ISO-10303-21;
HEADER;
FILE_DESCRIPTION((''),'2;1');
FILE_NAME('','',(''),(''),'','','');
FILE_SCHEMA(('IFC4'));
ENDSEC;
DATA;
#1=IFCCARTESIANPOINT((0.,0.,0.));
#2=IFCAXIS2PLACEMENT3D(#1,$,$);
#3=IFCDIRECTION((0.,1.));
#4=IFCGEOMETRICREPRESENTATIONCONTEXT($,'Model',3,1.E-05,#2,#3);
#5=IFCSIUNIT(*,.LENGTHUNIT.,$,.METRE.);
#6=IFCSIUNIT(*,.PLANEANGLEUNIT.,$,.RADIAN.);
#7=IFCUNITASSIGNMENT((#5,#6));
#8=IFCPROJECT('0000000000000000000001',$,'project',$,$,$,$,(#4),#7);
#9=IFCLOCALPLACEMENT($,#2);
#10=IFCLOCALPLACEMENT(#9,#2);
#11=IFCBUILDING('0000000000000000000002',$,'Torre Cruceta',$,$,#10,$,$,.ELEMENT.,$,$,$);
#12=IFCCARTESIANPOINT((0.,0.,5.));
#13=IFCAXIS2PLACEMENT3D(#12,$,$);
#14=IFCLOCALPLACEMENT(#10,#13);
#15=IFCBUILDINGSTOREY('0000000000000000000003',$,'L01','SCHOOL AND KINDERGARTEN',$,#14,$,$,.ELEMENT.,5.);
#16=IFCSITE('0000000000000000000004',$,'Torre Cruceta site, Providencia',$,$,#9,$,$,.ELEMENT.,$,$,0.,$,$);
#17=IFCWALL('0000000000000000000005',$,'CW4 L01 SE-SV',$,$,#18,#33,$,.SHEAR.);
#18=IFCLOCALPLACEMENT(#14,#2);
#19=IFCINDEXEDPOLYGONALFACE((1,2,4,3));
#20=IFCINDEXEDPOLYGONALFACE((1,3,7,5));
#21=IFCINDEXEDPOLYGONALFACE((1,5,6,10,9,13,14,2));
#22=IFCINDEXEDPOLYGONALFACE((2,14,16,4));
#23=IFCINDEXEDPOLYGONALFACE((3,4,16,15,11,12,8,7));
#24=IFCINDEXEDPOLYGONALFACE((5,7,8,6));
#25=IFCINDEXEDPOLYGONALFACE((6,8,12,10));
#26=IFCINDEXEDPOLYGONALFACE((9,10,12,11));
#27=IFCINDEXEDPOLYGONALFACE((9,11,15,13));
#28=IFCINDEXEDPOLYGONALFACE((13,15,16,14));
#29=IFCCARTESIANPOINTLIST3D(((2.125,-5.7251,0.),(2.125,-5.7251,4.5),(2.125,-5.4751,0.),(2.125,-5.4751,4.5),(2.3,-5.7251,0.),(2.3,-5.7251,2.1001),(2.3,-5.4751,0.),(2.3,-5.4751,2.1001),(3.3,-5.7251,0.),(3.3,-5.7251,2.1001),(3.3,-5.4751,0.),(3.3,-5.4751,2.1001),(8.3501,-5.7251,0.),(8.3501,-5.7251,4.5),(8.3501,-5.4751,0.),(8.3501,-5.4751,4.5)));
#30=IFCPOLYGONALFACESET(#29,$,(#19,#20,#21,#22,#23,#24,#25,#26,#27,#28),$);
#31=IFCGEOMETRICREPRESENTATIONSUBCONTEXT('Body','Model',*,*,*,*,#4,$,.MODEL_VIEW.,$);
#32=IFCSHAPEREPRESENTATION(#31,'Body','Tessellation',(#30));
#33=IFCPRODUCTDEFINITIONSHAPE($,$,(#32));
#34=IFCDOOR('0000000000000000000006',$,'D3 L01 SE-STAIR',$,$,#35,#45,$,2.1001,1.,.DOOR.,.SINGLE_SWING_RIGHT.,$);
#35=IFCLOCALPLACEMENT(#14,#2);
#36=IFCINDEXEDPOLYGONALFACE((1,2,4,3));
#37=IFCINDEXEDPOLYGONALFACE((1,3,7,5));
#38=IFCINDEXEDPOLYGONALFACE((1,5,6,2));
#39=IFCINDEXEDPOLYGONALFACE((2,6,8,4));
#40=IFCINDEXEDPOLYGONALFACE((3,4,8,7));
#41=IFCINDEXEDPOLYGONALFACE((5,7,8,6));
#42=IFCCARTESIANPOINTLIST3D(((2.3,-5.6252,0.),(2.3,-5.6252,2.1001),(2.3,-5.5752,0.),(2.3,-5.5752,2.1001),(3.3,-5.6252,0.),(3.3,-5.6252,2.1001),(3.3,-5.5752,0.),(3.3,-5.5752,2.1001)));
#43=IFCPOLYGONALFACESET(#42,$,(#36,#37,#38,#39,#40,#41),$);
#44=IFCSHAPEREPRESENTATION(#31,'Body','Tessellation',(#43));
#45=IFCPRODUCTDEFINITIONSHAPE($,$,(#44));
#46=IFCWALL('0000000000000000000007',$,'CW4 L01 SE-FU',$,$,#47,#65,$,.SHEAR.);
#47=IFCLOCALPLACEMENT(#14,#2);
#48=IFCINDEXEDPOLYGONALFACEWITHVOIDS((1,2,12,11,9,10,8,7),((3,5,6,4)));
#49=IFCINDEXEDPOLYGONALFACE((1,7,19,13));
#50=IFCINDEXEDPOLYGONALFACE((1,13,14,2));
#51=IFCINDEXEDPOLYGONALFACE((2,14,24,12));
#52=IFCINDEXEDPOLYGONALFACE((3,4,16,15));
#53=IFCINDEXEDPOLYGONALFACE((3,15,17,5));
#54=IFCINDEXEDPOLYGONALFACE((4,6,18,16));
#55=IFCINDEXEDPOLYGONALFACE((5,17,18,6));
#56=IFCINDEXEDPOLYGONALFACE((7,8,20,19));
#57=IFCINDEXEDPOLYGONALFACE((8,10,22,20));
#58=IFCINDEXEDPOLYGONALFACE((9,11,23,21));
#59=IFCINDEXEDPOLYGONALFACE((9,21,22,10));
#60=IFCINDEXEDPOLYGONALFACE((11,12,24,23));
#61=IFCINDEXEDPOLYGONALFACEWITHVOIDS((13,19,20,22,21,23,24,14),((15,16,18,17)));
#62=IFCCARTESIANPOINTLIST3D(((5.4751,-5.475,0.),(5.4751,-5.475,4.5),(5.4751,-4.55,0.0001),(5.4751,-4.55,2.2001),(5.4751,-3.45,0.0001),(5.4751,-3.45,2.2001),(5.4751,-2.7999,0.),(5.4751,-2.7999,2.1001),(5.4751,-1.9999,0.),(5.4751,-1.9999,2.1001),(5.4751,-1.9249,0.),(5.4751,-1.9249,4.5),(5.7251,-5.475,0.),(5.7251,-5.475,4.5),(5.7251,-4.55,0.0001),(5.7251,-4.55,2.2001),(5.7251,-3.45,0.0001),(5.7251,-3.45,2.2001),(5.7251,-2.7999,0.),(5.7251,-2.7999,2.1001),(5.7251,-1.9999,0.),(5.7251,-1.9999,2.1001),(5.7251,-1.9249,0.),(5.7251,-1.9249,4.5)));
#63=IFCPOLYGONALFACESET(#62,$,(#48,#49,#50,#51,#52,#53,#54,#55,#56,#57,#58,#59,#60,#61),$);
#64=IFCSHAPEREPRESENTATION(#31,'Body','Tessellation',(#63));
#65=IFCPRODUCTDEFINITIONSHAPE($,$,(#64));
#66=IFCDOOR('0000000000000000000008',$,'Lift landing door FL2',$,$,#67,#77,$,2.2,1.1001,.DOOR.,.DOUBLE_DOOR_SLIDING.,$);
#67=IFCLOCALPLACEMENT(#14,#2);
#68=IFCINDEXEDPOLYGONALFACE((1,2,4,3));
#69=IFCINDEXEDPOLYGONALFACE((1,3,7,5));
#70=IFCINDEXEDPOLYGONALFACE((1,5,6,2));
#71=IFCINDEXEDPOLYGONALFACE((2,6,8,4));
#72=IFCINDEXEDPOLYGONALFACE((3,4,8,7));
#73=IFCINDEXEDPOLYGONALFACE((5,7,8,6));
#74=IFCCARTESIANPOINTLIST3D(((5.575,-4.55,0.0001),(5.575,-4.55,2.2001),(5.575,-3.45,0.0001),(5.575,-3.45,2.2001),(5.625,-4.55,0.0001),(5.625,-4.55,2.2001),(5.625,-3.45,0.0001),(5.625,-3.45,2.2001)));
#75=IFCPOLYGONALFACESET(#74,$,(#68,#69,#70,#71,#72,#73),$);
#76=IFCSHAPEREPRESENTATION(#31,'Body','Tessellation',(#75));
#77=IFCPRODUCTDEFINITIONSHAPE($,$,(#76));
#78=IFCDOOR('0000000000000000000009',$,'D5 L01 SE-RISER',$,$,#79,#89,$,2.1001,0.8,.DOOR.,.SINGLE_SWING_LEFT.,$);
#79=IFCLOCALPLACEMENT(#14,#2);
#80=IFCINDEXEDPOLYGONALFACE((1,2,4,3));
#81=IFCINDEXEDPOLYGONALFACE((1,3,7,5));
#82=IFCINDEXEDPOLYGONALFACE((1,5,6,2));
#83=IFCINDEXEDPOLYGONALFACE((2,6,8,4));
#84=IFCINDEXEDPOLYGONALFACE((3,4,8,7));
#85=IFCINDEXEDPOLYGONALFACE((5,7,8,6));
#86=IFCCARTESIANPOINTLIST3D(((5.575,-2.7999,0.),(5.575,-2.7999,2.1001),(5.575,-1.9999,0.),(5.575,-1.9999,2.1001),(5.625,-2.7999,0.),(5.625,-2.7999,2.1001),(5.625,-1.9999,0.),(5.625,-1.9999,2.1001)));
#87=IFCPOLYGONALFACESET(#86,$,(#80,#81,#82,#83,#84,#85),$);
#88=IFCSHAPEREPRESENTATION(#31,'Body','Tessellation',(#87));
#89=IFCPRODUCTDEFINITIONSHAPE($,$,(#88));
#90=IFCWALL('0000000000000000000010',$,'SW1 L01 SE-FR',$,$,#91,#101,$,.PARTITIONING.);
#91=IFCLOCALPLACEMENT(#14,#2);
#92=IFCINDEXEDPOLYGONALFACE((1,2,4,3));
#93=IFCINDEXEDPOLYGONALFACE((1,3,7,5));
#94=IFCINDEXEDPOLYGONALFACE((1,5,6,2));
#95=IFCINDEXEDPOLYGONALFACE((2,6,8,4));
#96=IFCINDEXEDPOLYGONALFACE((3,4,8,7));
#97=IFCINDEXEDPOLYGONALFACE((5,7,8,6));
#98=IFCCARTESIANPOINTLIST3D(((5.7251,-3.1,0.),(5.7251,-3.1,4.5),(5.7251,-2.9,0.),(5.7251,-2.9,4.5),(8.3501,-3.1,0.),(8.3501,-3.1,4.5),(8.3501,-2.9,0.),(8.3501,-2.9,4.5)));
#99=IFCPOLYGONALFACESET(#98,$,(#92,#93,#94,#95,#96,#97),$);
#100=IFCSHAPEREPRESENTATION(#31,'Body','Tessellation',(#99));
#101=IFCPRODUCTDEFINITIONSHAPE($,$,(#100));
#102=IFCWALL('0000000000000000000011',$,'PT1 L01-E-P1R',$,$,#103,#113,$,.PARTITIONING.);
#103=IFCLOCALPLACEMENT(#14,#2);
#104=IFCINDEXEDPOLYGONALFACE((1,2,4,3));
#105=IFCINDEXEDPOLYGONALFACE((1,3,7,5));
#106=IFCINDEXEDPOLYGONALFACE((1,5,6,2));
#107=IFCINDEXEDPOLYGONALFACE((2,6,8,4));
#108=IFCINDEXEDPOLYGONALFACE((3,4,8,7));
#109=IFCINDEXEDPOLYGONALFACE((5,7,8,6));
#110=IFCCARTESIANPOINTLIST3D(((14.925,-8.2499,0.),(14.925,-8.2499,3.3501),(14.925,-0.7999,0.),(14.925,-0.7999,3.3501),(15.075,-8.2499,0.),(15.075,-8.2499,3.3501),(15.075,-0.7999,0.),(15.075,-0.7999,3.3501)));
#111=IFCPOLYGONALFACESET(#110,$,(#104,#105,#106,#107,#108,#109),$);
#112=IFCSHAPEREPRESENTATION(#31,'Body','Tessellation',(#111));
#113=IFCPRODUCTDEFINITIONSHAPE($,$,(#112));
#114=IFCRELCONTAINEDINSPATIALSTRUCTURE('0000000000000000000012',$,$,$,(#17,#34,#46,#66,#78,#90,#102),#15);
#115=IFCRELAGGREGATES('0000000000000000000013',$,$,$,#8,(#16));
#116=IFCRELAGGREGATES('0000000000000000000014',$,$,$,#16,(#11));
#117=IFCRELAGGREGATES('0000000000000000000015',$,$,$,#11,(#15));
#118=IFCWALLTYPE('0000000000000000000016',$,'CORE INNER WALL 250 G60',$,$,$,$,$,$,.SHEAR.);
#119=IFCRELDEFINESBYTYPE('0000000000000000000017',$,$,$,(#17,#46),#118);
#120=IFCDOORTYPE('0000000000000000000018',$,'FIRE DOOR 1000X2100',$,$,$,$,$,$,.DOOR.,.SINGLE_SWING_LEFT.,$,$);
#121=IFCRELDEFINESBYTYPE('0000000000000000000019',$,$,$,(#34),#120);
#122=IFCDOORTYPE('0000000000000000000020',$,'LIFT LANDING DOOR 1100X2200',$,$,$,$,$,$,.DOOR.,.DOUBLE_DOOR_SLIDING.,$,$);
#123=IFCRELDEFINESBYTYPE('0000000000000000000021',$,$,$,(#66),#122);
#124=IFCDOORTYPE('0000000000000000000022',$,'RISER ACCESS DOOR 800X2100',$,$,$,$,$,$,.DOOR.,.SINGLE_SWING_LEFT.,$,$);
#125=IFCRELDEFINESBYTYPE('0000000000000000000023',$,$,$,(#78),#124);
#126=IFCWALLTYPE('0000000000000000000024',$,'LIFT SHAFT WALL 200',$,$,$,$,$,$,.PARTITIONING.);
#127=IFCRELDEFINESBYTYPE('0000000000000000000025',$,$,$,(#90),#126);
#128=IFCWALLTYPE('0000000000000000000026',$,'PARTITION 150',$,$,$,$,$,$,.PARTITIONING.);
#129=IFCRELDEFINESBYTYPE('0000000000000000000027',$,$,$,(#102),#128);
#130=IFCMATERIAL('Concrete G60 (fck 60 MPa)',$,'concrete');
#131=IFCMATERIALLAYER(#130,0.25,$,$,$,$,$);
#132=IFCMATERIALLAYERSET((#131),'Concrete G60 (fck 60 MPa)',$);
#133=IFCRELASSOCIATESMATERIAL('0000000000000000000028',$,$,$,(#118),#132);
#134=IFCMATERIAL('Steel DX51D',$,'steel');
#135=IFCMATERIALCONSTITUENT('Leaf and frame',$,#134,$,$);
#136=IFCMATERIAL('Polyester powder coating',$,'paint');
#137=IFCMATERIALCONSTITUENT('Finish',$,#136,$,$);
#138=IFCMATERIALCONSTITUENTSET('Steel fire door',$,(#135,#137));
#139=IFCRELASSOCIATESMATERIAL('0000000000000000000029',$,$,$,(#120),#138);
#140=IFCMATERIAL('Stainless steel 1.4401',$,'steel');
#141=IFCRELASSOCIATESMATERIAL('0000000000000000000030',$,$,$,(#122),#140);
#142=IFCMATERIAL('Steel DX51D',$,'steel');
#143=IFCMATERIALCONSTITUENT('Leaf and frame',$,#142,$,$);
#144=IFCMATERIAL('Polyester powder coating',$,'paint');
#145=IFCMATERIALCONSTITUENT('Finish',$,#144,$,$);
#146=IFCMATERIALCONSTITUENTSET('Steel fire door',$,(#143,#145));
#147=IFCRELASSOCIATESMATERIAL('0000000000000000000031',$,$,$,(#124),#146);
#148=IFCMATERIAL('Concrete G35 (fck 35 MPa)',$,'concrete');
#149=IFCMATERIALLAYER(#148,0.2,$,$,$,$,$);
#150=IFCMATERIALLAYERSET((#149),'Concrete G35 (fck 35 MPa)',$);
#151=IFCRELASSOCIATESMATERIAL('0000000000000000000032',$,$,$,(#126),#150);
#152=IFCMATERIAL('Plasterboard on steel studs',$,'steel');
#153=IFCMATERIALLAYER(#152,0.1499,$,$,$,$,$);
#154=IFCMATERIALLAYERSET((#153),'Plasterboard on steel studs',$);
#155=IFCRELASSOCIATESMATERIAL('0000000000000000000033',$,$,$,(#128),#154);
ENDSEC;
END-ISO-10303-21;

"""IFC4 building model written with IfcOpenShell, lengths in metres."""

from ifc_helpers import new_model, si_unit, direction, frame, frame_2d, origin, place, context, subcontext, project, spatial, rectangle, extrude, material, layer, layer_set, constituent, constituent_set, type_object, element, fill, save


model = new_model("IFC4")

# Units and contexts
model_context = context("Model", 3, precision=1e-05, world=origin(), true_north=direction((0.0, 1.0)))
body_context = subcontext(model_context, "Body", "Model", "MODEL_VIEW")
ifc_project = project(units=[si_unit("LENGTHUNIT", "METRE"), si_unit("PLANEANGLEUNIT", "RADIAN")], contexts=[model_context])

# Site, building, storey
site_placement = place(None, origin())
site = spatial("IfcSite", under=ifc_project, at=site_placement, Name="Torre Cruceta site, Providencia", CompositionType="ELEMENT", RefElevation=0.0)
building_placement = place(site_placement, origin())
building = spatial("IfcBuilding", under=site, at=building_placement, Name="Torre Cruceta", CompositionType="ELEMENT")
storey_placement = place(building_placement, frame((0.0, 0.0, 5.0)))
storey = spatial("IfcBuildingStorey", under=building, at=storey_placement, Name="L01", Description="SCHOOL AND KINDERGARTEN", CompositionType="ELEMENT", Elevation=5.0)

# Shared definitions
ifc_material_1 = material(Name="Concrete G60 (fck 60 MPa)", Category="concrete")
ifc_layer_1 = layer(ifc_material_1, 0.25)
ifc_layer_set_1 = layer_set([ifc_layer_1], Name="Concrete G60 (fck 60 MPa)")
wall_type_1 = type_object("IfcWallType", Name="CORE INNER WALL 250 G60", PredefinedType="SHEAR", material=ifc_layer_set_1)
ifc_material_2 = material(Name="Steel DX51D", Category="steel")
ifc_constituent_1 = constituent(ifc_material_2, Name="Leaf and frame")
ifc_material_3 = material(Name="Polyester powder coating", Category="paint")
ifc_constituent_2 = constituent(ifc_material_3, Name="Finish")
ifc_constituent_set_1 = constituent_set(constituents=[ifc_constituent_1, ifc_constituent_2], Name="Steel fire door")
door_type_1 = type_object("IfcDoorType", Name="FIRE DOOR 1000X2100", OperationType="SINGLE_SWING_LEFT", PredefinedType="DOOR", material=ifc_constituent_set_1)

# Wall, opening, door
wall_1_placement = place(storey_placement, frame((2.125, -5.6001, 0.0), z_axis=(0.0, 0.0, 1.0), x_axis=(1.0, 0.0, 0.0)))
wall_1 = element("IfcWall", 1, at=wall_1_placement, inside=storey, type_object=wall_type_1, Name="CW4 L01 SE-SV", PredefinedType="SHEAR", context=body_context, shape_type="SweptSolid", body=[
    extrude(rectangle(XDim=6.2251, YDim=0.25, at=frame_2d((3.1125, 0.0))), origin(), (0.0, 0.0, 1.0), 4.5),
])
opening_1_placement = place(wall_1_placement, frame((0.175, 0.0, 0.0)))
opening_1 = element("IfcOpeningElement", 2, at=opening_1_placement, cuts=wall_1, PredefinedType="OPENING", context=body_context, shape_type="SweptSolid", body=[
    extrude(rectangle(XDim=1.0, YDim=2.1001, at=frame_2d((0.5, 1.05))), frame((0.0, 0.135, 0.0), z_axis=(0.0, -1.0, 0.0), x_axis=(1.0, 0.0, 0.0)), (0.0, 0.0, 1.0), 0.27),
])
door_1_placement = place(opening_1_placement, frame((1.0, 0.0, 0.0), z_axis=(0.0, 0.0, 1.0), x_axis=(-1.0, 0.0, 0.0)))
door_1 = element("IfcDoor", 3, at=door_1_placement, inside=storey, type_object=door_type_1, Name="D3 L01 SE-STAIR", OperationType="SINGLE_SWING_RIGHT", OverallHeight=2.1001, OverallWidth=1.0, PredefinedType="DOOR", context=body_context, shape_type="SweptSolid", body=[
    extrude(rectangle(XDim=1.0, YDim=2.1001, at=frame_2d((0.5, 1.05))), frame((0.0, 0.0251, 0.0), z_axis=(0.0, -1.0, 0.0), x_axis=(1.0, 0.0, 0.0)), (0.0, 0.0, 1.0), 0.05),
])
fill(opening_1, door_1)

# Wall, openings, doors
wall_2_placement = place(storey_placement, frame((5.6001, -1.925, 0.0), z_axis=(0.0, 0.0, 1.0), x_axis=(0.0, -1.0, 0.0)))
wall_2 = element("IfcWall", 4, at=wall_2_placement, inside=storey, type_object=wall_type_1, Name="CW4 L01 SE-FU", PredefinedType="SHEAR", context=body_context, shape_type="SweptSolid", body=[
    extrude(rectangle(XDim=3.55, YDim=0.25, at=frame_2d((1.7749, 0.0))), origin(), (0.0, 0.0, 1.0), 4.5),
])
opening_2_placement = place(wall_2_placement, frame((1.5249, 0.0, 0.0)))
opening_2 = element("IfcOpeningElement", 5, at=opening_2_placement, cuts=wall_2, PredefinedType="OPENING", context=body_context, shape_type="SweptSolid", body=[
    extrude(rectangle(XDim=1.1001, YDim=2.2, at=frame_2d((0.55, 1.1001))), frame((0.0, 0.135, 0.0), z_axis=(0.0, -1.0, 0.0), x_axis=(1.0, 0.0, 0.0)), (0.0, 0.0, 1.0), 0.27),
])
opening_3_placement = place(wall_2_placement, frame((0.075, 0.0, 0.0)))
opening_3 = element("IfcOpeningElement", 6, at=opening_3_placement, cuts=wall_2, PredefinedType="OPENING", context=body_context, shape_type="SweptSolid", body=[
    extrude(rectangle(XDim=0.8, YDim=2.1001, at=frame_2d((0.3999, 1.05))), frame((0.0, 0.135, 0.0), z_axis=(0.0, -1.0, 0.0), x_axis=(1.0, 0.0, 0.0)), (0.0, 0.0, 1.0), 0.27),
])
ifc_material_4 = material(Name="Stainless steel 1.4401", Category="steel")
door_type_2 = type_object("IfcDoorType", Name="LIFT LANDING DOOR 1100X2200", OperationType="DOUBLE_DOOR_SLIDING", PredefinedType="DOOR", material=ifc_material_4)
door_2_placement = place(opening_2_placement, origin())
door_2 = element("IfcDoor", 7, at=door_2_placement, inside=storey, type_object=door_type_2, Name="Lift landing door FL2", OperationType="DOUBLE_DOOR_SLIDING", OverallHeight=2.2, OverallWidth=1.1001, PredefinedType="DOOR", context=body_context, shape_type="SweptSolid", body=[
    extrude(rectangle(XDim=1.1001, YDim=2.2, at=frame_2d((0.55, 1.1001))), frame((0.0, 0.0249, 0.0), z_axis=(0.0, -1.0, 0.0), x_axis=(1.0, 0.0, 0.0)), (0.0, 0.0, 1.0), 0.05),
])
fill(opening_2, door_2)
ifc_material_5 = material(Name="Steel DX51D", Category="steel")
ifc_constituent_3 = constituent(ifc_material_5, Name="Leaf and frame")
ifc_material_6 = material(Name="Polyester powder coating", Category="paint")
ifc_constituent_4 = constituent(ifc_material_6, Name="Finish")
ifc_constituent_set_2 = constituent_set(constituents=[ifc_constituent_3, ifc_constituent_4], Name="Steel fire door")
door_type_3 = type_object("IfcDoorType", Name="RISER ACCESS DOOR 800X2100", OperationType="SINGLE_SWING_LEFT", PredefinedType="DOOR", material=ifc_constituent_set_2)
door_3_placement = place(opening_3_placement, origin())
door_3 = element("IfcDoor", 8, at=door_3_placement, inside=storey, type_object=door_type_3, Name="D5 L01 SE-RISER", OperationType="SINGLE_SWING_LEFT", OverallHeight=2.1001, OverallWidth=0.8, PredefinedType="DOOR", context=body_context, shape_type="SweptSolid", body=[
    extrude(rectangle(XDim=0.8, YDim=2.1001, at=frame_2d((0.3999, 1.05))), frame((0.0, 0.0249, 0.0), z_axis=(0.0, -1.0, 0.0), x_axis=(1.0, 0.0, 0.0)), (0.0, 0.0, 1.0), 0.05),
])
fill(opening_3, door_3)

# Walls
ifc_material_7 = material(Name="Concrete G35 (fck 35 MPa)", Category="concrete")
ifc_layer_2 = layer(ifc_material_7, 0.2)
ifc_layer_set_2 = layer_set([ifc_layer_2], Name="Concrete G35 (fck 35 MPa)")
wall_type_2 = type_object("IfcWallType", Name="LIFT SHAFT WALL 200", PredefinedType="PARTITIONING", material=ifc_layer_set_2)
wall_3_placement = place(storey_placement, frame((5.7251, -3.0, 0.0), z_axis=(0.0, 0.0, 1.0), x_axis=(1.0, 0.0, 0.0)))
element("IfcWall", 9, at=wall_3_placement, inside=storey, type_object=wall_type_2, Name="SW1 L01 SE-FR", PredefinedType="PARTITIONING", context=body_context, shape_type="SweptSolid", body=[
    extrude(rectangle(XDim=2.625, YDim=0.2, at=frame_2d((1.3125, 0.0))), origin(), (0.0, 0.0, 1.0), 4.5),
])
ifc_material_8 = material(Name="Plasterboard on steel studs", Category="steel")
ifc_layer_3 = layer(ifc_material_8, 0.1499)
ifc_layer_set_3 = layer_set([ifc_layer_3], Name="Plasterboard on steel studs")
wall_type_3 = type_object("IfcWallType", Name="PARTITION 150", PredefinedType="PARTITIONING", material=ifc_layer_set_3)
wall_4_placement = place(storey_placement, frame((15.0, -8.25, 0.0), z_axis=(0.0, 0.0, 1.0), x_axis=(0.0, 1.0, 0.0)))
element("IfcWall", 10, at=wall_4_placement, inside=storey, type_object=wall_type_3, Name="PT1 L01-E-P1R", PredefinedType="PARTITIONING", context=body_context, shape_type="SweptSolid", body=[
    extrude(rectangle(XDim=7.45, YDim=0.1499, at=frame_2d((3.7251, 0.0))), origin(), (0.0, 0.0, 1.0), 3.3501),
])

save(model, "model.ifc")
